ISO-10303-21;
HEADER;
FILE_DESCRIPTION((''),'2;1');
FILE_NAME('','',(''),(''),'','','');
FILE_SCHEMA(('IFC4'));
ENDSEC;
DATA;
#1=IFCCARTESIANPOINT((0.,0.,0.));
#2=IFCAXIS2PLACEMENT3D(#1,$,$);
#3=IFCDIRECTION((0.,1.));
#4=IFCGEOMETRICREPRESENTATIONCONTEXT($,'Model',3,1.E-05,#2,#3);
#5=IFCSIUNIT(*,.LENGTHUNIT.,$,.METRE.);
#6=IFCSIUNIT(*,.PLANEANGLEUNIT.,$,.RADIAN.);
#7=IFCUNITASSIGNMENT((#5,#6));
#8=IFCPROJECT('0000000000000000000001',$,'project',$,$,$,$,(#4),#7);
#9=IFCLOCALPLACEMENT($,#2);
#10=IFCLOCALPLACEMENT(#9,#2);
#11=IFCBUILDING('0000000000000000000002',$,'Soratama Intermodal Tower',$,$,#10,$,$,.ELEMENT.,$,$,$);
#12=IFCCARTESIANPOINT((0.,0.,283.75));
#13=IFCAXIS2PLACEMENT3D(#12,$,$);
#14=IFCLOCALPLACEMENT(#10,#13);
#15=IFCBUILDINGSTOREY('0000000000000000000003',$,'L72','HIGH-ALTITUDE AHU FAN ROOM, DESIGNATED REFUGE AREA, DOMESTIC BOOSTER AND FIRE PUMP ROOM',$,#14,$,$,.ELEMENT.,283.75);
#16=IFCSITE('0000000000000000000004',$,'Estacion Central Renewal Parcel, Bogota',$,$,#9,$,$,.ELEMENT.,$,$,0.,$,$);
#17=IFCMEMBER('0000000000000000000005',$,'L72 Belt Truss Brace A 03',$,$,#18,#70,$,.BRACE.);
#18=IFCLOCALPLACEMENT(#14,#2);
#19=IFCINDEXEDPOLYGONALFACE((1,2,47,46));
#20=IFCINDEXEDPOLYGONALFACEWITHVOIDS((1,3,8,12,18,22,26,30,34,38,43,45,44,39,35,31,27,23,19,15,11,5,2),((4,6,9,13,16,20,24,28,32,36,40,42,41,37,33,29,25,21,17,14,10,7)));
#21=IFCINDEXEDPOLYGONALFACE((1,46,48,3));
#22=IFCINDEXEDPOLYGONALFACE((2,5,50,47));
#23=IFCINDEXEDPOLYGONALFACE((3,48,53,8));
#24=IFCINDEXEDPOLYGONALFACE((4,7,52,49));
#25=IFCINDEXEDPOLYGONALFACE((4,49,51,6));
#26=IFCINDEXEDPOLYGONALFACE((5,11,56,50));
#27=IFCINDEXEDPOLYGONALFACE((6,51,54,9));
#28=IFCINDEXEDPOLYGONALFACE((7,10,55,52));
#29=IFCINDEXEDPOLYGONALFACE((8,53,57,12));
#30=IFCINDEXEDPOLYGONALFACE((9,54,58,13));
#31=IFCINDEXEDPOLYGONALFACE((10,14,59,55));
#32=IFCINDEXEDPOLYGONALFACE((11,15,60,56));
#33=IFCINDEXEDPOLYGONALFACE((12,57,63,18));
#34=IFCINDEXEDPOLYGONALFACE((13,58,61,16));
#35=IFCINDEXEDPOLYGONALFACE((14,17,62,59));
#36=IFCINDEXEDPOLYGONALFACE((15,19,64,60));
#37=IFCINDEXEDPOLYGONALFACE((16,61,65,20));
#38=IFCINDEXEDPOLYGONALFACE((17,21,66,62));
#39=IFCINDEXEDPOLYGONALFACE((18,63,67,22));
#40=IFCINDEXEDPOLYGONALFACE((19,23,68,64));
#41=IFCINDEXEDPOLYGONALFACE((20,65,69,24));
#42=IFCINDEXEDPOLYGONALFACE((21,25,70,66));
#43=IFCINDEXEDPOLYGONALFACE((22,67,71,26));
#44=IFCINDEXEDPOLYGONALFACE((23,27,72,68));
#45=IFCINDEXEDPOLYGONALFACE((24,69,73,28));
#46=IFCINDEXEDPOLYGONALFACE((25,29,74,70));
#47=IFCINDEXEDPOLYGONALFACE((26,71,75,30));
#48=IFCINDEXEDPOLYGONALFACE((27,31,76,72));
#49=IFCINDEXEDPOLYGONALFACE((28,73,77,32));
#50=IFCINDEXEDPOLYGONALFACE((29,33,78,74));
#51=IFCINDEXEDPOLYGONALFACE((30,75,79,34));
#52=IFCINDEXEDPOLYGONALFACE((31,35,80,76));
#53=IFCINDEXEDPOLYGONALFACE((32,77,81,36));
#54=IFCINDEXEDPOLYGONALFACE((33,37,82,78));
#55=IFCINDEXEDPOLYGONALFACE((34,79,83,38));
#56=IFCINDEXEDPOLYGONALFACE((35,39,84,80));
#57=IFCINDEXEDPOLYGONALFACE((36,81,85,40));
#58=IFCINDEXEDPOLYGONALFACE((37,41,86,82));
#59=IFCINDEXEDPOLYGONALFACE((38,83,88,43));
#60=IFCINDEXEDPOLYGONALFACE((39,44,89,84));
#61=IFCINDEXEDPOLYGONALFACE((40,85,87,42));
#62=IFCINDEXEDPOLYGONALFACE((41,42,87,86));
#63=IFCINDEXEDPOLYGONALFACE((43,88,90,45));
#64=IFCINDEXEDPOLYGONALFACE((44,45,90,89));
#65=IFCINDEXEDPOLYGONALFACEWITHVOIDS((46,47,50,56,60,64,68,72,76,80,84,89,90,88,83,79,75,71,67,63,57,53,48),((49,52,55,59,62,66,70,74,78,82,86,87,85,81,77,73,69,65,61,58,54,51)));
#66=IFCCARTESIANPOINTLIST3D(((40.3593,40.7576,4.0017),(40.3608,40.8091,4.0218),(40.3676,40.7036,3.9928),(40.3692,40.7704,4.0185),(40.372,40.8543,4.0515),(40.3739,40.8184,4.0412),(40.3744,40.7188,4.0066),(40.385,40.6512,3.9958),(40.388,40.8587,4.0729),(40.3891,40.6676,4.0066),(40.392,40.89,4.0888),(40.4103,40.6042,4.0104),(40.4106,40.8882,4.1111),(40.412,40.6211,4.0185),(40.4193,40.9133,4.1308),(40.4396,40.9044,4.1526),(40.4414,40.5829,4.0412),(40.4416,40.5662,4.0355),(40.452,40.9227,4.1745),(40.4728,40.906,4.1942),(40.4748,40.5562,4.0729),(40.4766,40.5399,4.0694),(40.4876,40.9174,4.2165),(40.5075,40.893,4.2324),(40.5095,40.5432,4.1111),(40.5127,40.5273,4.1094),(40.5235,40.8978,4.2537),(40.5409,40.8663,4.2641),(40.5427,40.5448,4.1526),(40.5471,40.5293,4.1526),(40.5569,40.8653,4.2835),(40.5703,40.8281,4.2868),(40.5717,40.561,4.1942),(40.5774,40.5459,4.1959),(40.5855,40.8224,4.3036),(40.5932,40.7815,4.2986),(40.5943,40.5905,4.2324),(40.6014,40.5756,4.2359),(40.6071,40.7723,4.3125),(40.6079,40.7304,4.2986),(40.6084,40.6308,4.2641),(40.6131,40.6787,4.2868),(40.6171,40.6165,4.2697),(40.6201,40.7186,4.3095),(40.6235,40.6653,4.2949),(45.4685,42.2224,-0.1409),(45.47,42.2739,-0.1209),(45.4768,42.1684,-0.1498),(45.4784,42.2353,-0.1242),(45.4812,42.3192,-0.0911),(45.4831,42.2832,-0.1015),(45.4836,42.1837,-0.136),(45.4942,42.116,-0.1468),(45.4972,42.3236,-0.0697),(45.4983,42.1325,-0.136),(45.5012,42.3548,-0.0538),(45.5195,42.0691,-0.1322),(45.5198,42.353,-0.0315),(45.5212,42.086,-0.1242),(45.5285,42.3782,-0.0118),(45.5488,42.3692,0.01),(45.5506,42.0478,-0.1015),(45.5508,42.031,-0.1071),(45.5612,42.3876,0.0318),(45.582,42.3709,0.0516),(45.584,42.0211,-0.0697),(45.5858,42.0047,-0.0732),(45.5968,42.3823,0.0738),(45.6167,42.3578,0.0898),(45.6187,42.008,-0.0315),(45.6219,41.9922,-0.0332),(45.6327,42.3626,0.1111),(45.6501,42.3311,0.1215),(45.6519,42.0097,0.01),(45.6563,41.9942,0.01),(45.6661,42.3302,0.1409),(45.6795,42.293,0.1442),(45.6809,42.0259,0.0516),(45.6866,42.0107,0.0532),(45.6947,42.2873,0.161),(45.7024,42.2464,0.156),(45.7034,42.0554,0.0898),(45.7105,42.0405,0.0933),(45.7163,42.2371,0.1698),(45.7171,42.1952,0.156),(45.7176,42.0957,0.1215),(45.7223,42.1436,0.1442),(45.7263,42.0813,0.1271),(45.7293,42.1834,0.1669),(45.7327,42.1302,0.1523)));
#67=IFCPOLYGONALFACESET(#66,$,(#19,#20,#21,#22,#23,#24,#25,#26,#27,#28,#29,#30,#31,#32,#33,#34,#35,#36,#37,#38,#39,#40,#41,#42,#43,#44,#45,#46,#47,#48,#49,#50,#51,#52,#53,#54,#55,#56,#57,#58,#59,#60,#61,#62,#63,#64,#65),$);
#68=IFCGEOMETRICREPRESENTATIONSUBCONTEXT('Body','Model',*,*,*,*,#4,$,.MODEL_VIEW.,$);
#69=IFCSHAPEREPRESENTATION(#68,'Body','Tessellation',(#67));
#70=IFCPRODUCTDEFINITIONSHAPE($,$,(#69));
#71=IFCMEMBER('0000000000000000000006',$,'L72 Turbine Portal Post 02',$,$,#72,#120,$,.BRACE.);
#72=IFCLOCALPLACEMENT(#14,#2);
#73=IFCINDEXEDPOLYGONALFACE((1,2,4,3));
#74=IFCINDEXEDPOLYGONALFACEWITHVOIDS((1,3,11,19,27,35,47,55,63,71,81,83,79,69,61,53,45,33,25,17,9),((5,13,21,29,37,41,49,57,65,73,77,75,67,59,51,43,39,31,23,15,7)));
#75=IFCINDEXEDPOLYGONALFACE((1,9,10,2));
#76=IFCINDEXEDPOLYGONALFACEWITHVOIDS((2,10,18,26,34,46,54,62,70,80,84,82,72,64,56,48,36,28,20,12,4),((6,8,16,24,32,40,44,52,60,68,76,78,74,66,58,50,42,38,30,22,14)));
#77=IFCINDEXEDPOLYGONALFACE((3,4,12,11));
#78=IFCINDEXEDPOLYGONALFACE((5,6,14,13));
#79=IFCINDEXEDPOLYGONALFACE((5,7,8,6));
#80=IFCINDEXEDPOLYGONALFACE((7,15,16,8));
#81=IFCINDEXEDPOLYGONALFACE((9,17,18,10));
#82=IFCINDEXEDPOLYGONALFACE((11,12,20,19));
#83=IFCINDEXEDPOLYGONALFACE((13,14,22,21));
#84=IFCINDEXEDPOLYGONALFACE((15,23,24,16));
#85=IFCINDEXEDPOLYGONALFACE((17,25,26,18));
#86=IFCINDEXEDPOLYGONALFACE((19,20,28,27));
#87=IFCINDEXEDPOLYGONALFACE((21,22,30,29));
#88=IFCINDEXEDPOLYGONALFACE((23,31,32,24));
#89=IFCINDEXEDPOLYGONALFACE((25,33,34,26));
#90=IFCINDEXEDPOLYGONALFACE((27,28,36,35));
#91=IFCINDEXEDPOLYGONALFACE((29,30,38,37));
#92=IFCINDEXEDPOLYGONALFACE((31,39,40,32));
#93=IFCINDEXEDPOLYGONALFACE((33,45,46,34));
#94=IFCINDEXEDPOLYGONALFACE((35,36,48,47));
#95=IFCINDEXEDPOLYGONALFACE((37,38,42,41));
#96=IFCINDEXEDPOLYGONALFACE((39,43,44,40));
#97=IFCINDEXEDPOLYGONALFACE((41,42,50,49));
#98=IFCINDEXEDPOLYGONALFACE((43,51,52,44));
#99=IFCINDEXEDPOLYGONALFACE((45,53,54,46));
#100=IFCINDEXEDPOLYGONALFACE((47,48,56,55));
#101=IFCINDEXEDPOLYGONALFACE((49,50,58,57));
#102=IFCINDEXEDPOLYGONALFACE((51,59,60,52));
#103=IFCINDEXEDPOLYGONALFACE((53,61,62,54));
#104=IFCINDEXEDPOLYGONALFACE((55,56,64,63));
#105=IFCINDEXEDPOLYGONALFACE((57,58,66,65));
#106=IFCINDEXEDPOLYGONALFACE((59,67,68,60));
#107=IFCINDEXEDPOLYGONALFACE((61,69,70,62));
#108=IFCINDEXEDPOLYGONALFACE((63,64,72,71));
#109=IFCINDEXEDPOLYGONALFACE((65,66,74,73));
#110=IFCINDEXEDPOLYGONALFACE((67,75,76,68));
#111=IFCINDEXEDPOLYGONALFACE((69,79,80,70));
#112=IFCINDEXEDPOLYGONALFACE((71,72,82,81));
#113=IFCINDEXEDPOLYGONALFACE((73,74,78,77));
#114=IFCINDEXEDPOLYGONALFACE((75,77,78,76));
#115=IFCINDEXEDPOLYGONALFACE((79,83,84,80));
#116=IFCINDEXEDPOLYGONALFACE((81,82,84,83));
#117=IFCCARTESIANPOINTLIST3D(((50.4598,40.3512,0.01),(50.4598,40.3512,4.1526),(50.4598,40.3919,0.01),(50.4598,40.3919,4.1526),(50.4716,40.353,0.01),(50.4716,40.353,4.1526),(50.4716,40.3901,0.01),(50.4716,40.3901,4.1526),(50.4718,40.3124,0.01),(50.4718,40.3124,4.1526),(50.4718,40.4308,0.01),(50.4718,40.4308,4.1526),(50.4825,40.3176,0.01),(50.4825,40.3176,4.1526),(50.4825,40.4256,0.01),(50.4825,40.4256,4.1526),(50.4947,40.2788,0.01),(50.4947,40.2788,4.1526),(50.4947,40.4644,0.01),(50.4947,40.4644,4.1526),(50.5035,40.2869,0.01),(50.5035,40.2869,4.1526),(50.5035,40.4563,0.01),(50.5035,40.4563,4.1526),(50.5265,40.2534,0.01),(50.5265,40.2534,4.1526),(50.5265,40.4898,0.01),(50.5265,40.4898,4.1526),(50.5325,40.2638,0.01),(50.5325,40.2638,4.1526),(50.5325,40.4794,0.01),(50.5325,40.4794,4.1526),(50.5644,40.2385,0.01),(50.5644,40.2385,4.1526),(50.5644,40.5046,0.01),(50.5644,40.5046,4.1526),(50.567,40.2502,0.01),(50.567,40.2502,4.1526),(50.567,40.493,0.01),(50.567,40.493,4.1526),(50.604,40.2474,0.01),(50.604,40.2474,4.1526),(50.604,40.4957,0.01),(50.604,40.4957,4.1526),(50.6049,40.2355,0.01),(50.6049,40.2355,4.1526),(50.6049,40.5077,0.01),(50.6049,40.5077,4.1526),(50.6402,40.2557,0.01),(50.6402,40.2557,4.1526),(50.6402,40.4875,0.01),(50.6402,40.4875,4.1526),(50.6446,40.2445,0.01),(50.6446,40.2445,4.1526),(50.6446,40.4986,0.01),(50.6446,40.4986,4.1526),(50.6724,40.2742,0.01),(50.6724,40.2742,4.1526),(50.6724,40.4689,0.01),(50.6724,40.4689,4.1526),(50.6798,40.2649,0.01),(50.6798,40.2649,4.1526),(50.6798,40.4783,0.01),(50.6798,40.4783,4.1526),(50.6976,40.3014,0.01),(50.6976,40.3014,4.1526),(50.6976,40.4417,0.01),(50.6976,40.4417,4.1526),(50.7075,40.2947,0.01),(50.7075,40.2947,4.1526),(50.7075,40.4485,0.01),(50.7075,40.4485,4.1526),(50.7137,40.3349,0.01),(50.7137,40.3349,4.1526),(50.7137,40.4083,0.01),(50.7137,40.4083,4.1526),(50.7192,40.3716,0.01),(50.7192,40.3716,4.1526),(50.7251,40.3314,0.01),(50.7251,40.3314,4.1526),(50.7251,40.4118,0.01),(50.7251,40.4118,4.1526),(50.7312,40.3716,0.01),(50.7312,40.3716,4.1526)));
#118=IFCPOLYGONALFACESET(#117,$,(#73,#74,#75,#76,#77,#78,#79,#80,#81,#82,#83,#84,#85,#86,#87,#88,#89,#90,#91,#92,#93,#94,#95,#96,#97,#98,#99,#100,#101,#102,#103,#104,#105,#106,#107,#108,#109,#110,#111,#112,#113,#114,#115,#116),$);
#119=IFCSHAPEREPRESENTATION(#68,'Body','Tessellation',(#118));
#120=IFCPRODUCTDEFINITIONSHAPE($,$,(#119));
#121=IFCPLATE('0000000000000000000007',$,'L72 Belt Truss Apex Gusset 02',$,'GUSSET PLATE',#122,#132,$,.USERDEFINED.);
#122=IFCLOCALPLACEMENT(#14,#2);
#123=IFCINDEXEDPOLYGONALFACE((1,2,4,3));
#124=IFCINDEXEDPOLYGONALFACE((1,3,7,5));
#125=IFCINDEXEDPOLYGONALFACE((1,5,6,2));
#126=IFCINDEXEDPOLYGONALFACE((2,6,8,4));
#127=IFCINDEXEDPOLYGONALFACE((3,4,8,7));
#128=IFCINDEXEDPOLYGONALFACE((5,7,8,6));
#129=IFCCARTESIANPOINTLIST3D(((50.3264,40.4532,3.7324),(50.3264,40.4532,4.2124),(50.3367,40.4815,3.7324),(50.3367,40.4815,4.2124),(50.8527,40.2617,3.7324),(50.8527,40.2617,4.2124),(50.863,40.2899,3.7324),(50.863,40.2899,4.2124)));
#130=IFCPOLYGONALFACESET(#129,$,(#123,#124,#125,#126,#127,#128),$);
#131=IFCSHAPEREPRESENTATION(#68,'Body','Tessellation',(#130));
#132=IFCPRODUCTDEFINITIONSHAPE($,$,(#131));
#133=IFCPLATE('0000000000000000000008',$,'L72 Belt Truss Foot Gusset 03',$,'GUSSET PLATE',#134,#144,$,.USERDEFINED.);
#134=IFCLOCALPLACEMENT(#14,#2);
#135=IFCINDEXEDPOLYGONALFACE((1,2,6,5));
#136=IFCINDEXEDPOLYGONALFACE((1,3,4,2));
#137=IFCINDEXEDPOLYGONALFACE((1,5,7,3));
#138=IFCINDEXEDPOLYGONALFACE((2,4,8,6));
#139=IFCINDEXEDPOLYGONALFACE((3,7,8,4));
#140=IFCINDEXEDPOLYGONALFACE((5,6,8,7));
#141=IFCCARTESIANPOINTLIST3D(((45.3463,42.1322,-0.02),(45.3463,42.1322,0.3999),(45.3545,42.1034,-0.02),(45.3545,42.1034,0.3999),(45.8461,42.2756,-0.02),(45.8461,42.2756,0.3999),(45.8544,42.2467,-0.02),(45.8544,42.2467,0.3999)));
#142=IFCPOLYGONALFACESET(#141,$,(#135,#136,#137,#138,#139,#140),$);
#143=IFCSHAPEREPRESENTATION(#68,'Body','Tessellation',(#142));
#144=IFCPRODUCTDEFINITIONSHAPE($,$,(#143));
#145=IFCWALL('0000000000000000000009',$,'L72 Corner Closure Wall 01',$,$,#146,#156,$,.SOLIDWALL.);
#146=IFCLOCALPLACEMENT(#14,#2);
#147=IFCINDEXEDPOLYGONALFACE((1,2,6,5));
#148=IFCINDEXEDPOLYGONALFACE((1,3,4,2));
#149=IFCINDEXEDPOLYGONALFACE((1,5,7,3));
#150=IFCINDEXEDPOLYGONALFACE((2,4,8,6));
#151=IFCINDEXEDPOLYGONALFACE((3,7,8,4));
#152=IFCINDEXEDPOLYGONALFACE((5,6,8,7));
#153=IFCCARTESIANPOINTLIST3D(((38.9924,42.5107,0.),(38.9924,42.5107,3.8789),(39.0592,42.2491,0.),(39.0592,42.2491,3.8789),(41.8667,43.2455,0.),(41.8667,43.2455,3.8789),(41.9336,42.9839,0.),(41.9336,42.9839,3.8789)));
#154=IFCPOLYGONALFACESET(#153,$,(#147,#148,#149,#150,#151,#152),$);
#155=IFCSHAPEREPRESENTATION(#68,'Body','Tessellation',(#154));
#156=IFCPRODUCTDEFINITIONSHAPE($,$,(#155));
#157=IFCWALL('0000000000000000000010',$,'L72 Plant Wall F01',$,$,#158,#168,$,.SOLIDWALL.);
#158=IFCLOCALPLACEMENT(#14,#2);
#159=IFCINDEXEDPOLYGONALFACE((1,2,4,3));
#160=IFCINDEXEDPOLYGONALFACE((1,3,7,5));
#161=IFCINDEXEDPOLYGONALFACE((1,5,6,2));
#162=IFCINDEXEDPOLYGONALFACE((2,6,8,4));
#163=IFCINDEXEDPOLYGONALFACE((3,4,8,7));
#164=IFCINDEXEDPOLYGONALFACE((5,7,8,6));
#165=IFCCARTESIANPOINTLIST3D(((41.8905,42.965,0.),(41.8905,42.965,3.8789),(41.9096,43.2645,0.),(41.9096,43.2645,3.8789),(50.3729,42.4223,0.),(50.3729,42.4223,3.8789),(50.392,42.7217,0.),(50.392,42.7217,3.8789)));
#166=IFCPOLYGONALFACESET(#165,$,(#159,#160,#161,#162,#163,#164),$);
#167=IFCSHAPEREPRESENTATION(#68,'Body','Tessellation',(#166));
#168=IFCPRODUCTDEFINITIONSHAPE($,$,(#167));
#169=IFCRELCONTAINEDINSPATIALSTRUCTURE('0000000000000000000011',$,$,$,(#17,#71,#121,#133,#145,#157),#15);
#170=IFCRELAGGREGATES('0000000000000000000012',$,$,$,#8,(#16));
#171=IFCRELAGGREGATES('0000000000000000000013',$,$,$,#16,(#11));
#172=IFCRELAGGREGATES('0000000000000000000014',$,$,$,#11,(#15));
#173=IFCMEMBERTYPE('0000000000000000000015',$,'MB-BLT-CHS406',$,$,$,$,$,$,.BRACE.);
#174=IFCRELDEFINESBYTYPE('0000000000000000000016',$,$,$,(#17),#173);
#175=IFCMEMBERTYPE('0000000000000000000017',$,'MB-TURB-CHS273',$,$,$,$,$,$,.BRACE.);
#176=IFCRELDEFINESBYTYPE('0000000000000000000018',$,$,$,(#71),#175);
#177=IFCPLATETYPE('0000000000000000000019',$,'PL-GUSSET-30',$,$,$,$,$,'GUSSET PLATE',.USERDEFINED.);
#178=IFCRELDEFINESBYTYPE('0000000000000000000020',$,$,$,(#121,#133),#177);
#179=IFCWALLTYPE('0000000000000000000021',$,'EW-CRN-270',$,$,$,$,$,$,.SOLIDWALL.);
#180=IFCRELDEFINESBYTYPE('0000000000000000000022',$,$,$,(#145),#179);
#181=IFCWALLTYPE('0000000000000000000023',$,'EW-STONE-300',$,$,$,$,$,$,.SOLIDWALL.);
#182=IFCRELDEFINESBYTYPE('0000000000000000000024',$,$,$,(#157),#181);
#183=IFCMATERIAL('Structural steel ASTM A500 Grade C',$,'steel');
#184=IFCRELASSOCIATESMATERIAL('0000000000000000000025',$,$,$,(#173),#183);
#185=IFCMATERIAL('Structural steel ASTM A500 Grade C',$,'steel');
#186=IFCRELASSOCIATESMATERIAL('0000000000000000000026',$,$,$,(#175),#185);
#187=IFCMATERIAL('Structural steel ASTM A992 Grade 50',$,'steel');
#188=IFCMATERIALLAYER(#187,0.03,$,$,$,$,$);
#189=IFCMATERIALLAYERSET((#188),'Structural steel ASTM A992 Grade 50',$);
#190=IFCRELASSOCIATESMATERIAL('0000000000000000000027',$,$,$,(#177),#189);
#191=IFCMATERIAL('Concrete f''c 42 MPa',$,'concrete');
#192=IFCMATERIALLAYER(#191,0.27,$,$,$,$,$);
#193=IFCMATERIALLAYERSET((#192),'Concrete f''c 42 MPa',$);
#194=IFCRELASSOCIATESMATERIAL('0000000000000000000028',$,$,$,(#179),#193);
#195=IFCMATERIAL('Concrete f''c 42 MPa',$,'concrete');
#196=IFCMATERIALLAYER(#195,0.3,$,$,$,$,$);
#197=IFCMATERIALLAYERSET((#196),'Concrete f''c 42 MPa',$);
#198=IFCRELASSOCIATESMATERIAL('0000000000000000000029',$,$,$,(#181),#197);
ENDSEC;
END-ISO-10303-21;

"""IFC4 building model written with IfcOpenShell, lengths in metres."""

from ifc_helpers import new_model, si_unit, direction, frame, frame_2d, origin, origin_2d, place, context, subcontext, project, spatial, rectangle, hollow_circle, extrude, material, layer, layer_set, material_profile, profile_set, type_object, element, save


model = new_model("IFC4")

# Units and contexts
model_context = context("Model", 3, precision=1e-05, world=origin(), true_north=direction((0.0, 1.0)))
body_context = subcontext(model_context, "Body", "Model", "MODEL_VIEW")
ifc_project = project(units=[si_unit("LENGTHUNIT", "METRE"), si_unit("PLANEANGLEUNIT", "RADIAN")], contexts=[model_context])

# Site, building, storey
site_placement = place(None, origin())
site = spatial("IfcSite", under=ifc_project, at=site_placement, Name="Estacion Central Renewal Parcel, Bogota", CompositionType="ELEMENT", RefElevation=0.0)
building_placement = place(site_placement, origin())
building = spatial("IfcBuilding", under=site, at=building_placement, Name="Soratama Intermodal Tower", CompositionType="ELEMENT")
storey_placement = place(building_placement, frame((0.0, 0.0, 283.75)))
storey = spatial("IfcBuildingStorey", under=building, at=storey_placement, Name="L72", Description="HIGH-ALTITUDE AHU FAN ROOM, DESIGNATED REFUGE AREA, DOMESTIC BOOSTER AND FIRE PUMP ROOM", CompositionType="ELEMENT", Elevation=283.75)

# Members
ifc_material_1 = material(Name="Structural steel ASTM A500 Grade C", Category="steel")
ifc_material_profile_1 = material_profile(ifc_material_1, hollow_circle(Radius=0.2031, WallThickness=0.0161, at=origin_2d()), Name="CHS406X16")
ifc_profile_set_1 = profile_set([ifc_material_profile_1], Name="Structural steel ASTM A500 Grade C")
member_type_1 = type_object("IfcMemberType", Name="MB-BLT-CHS406", PredefinedType="BRACE", material=ifc_profile_set_1)
for number, where, z_axis, x_axis, name in (
    (1, (45.6003, 42.1895, 0.01), (-0.758179, -0.217378, 0.614745), (0.275607, -0.96127, 0.0), "L72 Belt Truss Brace A 03"),
):
    element("IfcMember", number, at=place(storey_placement, frame(where, z_axis=z_axis, x_axis=x_axis)), inside=storey, type_object=member_type_1, Name=name, PredefinedType="BRACE", context=body_context, shape_type="SweptSolid", body=[
        extrude(hollow_circle(Radius=0.2031, WallThickness=0.0161, at=origin_2d()), origin(), (0.0, 0.0, 1.0), 6.7388),
    ])
ifc_material_2 = material(Name="Structural steel ASTM A500 Grade C", Category="steel")
ifc_material_profile_2 = material_profile(ifc_material_2, hollow_circle(Radius=0.1365, WallThickness=0.012, at=origin_2d()), Name="CHS273X12")
ifc_profile_set_2 = profile_set([ifc_material_profile_2], Name="Structural steel ASTM A500 Grade C")
member_type_2 = type_object("IfcMemberType", Name="MB-TURB-CHS273", PredefinedType="BRACE", material=ifc_profile_set_2)
member_placement = place(storey_placement, frame((50.5947, 40.3716, 0.01), z_axis=(0.0, 0.0, 1.0), x_axis=(1.0, 0.0, 0.0)))
element("IfcMember", 2, at=member_placement, inside=storey, type_object=member_type_2, Name="L72 Turbine Portal Post 02", PredefinedType="BRACE", context=body_context, shape_type="SweptSolid", body=[
    extrude(hollow_circle(Radius=0.1365, WallThickness=0.012, at=origin_2d()), origin(), (0.0, 0.0, 1.0), 4.1426),
])

# Plates
ifc_material_3 = material(Name="Structural steel ASTM A992 Grade 50", Category="steel")
ifc_layer_1 = layer(ifc_material_3, 0.03)
ifc_layer_set_1 = layer_set([ifc_layer_1], Name="Structural steel ASTM A992 Grade 50")
plate_type = type_object("IfcPlateType", Name="PL-GUSSET-30", ElementType="GUSSET PLATE", PredefinedType="USERDEFINED", material=ifc_layer_set_1)
plate_1_placement = place(storey_placement, frame((50.5947, 40.3716, 3.7324), z_axis=(0.0, 0.0, 1.0), x_axis=(-0.939693, 0.34202, 0.0)))
element("IfcPlate", 3, at=plate_1_placement, inside=storey, type_object=plate_type, Name="L72 Belt Truss Apex Gusset 02", ObjectType="GUSSET PLATE", PredefinedType="USERDEFINED", context=body_context, shape_type="SweptSolid", body=[
    extrude(rectangle(XDim=0.5601, YDim=0.03, at=origin_2d()), origin(), (0.0, 0.0, 1.0), 0.48),
])
plate_2_placement = place(storey_placement, frame((45.6003, 42.1895, -0.02), z_axis=(0.0, 0.0, 1.0), x_axis=(-0.961262, -0.275637, 0.0)))
element("IfcPlate", 4, at=plate_2_placement, inside=storey, type_object=plate_type, Name="L72 Belt Truss Foot Gusset 03", ObjectType="GUSSET PLATE", PredefinedType="USERDEFINED", context=body_context, shape_type="SweptSolid", body=[
    extrude(rectangle(XDim=0.52, YDim=0.03, at=origin_2d()), origin(), (0.0, 0.0, 1.0), 0.4199),
])

# Walls
ifc_material_4 = material(Name="Concrete f'c 42 MPa", Category="concrete")
ifc_layer_2 = layer(ifc_material_4, 0.27)
ifc_layer_set_2 = layer_set([ifc_layer_2], Name="Concrete f'c 42 MPa")
wall_type_1 = type_object("IfcWallType", Name="EW-CRN-270", PredefinedType="SOLIDWALL", material=ifc_layer_set_2)
wall_1_placement = place(storey_placement, frame((41.9001, 43.1147, 0.0), z_axis=(0.0, 0.0, 1.0), x_axis=(-0.968836, -0.247702, 0.0)))
element("IfcWall", 5, at=wall_1_placement, inside=storey, type_object=wall_type_1, Name="L72 Corner Closure Wall 01", PredefinedType="SOLIDWALL", context=body_context, shape_type="SweptSolid", body=[
    extrude(rectangle(XDim=2.9668, YDim=0.27, at=frame_2d((1.4834, 0.0))), origin(), (0.0, 0.0, 1.0), 3.8789),
])
ifc_material_5 = material(Name="Concrete f'c 42 MPa", Category="concrete")
ifc_layer_3 = layer(ifc_material_5, 0.3)
ifc_layer_set_3 = layer_set([ifc_layer_3], Name="Concrete f'c 42 MPa")
wall_type_2 = type_object("IfcWallType", Name="EW-STONE-300", PredefinedType="SOLIDWALL", material=ifc_layer_set_3)
wall_2_placement = place(storey_placement, frame((50.3826, 42.572, 0.0), z_axis=(0.0, 0.0, 1.0), x_axis=(-0.997959, 0.063852, 0.0)))
element("IfcWall", 6, at=wall_2_placement, inside=storey, type_object=wall_type_2, Name="L72 Plant Wall F01", PredefinedType="SOLIDWALL", context=body_context, shape_type="SweptSolid", body=[
    extrude(rectangle(XDim=8.4998, YDim=0.3, at=frame_2d((4.25, 0.0))), origin(), (0.0, 0.0, 1.0), 3.8789),
])

save(model, "model.ifc")
